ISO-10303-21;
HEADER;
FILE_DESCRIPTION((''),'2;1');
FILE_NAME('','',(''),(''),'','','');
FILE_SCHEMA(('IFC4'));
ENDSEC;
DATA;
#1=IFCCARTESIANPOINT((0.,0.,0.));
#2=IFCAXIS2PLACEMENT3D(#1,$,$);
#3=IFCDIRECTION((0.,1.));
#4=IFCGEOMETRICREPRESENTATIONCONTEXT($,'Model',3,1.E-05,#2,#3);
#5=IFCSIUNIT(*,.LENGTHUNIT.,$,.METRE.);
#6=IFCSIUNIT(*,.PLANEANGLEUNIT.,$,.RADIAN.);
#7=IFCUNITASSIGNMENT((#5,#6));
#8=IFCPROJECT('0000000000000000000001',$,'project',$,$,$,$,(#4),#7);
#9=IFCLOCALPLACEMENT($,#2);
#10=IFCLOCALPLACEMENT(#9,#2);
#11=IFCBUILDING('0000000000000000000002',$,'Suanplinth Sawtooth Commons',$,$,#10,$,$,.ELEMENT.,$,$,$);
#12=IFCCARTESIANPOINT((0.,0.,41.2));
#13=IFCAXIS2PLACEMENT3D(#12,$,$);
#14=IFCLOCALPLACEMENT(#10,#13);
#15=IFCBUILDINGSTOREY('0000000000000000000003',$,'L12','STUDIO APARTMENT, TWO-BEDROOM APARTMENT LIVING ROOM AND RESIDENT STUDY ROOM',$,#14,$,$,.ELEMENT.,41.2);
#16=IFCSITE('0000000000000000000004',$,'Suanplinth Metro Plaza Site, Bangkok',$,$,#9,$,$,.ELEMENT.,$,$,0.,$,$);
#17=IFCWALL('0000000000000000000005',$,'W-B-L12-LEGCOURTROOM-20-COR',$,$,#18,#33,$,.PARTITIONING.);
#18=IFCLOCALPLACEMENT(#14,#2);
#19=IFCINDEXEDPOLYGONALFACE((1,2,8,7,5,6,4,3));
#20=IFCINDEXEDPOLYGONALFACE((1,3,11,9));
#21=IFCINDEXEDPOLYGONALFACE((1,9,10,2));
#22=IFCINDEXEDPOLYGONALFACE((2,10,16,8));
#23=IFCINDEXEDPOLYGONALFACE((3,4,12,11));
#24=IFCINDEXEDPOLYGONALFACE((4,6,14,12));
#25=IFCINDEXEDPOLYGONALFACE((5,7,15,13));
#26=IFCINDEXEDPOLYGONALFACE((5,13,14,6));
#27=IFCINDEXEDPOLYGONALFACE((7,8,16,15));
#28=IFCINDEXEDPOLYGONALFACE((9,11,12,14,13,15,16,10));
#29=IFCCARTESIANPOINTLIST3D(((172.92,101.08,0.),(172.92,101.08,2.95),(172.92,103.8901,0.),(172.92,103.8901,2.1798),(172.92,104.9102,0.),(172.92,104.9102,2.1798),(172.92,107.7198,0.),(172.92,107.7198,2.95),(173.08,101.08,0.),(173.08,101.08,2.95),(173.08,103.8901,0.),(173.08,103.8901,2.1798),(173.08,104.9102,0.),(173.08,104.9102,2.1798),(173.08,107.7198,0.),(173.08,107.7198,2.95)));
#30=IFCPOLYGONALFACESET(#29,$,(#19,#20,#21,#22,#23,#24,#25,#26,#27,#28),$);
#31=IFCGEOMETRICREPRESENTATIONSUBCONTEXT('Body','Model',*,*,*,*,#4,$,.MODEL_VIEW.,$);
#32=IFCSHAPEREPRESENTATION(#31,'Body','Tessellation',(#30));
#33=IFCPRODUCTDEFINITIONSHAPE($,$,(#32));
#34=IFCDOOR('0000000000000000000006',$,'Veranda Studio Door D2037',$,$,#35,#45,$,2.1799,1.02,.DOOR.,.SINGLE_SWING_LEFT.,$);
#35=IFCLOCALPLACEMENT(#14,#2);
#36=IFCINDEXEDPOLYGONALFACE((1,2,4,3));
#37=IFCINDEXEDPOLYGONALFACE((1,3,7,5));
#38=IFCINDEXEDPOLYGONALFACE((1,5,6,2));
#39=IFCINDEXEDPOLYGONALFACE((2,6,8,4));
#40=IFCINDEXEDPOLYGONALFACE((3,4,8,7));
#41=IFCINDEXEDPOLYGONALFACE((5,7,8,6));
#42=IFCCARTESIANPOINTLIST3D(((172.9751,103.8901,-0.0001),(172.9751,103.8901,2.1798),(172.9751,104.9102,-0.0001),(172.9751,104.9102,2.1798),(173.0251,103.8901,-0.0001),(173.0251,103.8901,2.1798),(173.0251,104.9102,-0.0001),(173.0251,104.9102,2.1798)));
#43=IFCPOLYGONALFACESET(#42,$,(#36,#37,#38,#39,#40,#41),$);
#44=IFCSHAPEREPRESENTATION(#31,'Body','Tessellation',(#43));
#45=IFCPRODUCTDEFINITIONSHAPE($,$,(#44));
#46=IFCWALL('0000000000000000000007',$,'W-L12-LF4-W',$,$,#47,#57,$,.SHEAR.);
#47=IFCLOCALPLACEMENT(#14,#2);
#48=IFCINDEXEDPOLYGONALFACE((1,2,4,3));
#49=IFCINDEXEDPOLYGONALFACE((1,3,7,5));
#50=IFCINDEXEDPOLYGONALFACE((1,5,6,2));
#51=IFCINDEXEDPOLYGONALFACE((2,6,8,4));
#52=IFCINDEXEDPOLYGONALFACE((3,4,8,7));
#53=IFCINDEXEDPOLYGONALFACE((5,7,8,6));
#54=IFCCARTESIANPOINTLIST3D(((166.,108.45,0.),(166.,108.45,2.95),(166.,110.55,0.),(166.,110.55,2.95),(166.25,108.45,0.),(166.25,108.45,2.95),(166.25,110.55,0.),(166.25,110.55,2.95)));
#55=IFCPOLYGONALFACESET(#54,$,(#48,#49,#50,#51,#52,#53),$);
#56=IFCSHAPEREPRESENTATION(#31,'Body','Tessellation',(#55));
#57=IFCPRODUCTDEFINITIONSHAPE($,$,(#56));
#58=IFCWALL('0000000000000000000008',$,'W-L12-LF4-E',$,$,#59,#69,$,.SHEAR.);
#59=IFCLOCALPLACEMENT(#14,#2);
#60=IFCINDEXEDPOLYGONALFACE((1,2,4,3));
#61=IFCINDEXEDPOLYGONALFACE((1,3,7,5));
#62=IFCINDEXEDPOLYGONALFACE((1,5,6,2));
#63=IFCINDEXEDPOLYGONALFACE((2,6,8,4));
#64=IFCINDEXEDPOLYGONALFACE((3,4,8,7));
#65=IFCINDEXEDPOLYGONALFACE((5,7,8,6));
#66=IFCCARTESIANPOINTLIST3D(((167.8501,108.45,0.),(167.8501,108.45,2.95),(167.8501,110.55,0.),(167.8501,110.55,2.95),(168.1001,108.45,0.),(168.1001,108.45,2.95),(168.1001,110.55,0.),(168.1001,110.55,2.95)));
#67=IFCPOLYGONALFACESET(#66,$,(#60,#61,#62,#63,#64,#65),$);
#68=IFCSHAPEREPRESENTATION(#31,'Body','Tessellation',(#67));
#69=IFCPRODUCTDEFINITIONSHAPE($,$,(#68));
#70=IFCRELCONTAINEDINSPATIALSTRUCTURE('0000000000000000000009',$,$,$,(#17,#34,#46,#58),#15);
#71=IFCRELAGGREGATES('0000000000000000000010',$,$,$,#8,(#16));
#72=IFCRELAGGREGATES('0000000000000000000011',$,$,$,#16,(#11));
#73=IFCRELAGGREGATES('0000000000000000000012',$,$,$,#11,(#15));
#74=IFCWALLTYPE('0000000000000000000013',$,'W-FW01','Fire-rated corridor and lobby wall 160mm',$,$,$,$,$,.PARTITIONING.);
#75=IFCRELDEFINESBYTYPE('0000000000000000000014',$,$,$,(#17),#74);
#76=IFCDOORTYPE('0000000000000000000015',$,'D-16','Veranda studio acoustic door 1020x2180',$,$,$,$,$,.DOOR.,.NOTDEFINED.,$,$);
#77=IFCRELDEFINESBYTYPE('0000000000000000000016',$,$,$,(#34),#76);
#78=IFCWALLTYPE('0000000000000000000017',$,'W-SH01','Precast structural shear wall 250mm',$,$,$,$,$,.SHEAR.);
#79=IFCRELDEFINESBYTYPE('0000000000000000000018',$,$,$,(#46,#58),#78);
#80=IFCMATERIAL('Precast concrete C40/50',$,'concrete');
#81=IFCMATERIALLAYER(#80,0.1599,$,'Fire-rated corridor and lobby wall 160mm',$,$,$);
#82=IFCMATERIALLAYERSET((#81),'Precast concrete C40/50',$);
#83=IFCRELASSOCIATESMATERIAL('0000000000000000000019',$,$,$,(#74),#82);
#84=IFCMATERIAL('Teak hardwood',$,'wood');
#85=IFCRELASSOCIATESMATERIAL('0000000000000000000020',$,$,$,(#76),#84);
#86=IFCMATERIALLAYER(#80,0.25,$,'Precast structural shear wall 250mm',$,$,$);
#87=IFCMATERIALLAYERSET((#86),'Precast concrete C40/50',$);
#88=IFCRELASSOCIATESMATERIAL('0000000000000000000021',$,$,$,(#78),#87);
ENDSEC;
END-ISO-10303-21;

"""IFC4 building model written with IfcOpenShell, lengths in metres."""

from ifc_helpers import new_model, si_unit, direction, frame, frame_2d, origin, place, context, subcontext, project, spatial, rectangle, extrude, material, layer, layer_set, type_object, element, fill, save


model = new_model("IFC4")

# Units and contexts
model_context = context("Model", 3, precision=1e-05, world=origin(), true_north=direction((0.0, 1.0)))
body_context = subcontext(model_context, "Body", "Model", "MODEL_VIEW")
ifc_project = project(units=[si_unit("LENGTHUNIT", "METRE"), si_unit("PLANEANGLEUNIT", "RADIAN")], contexts=[model_context])

# Site, building, storey
site_placement = place(None, origin())
site = spatial("IfcSite", under=ifc_project, at=site_placement, Name="Suanplinth Metro Plaza Site, Bangkok", CompositionType="ELEMENT", RefElevation=0.0)
building_placement = place(site_placement, origin())
building = spatial("IfcBuilding", under=site, at=building_placement, Name="Suanplinth Sawtooth Commons", CompositionType="ELEMENT")
storey_placement = place(building_placement, frame((0.0, 0.0, 41.2)))
storey = spatial("IfcBuildingStorey", under=building, at=storey_placement, Name="L12", Description="STUDIO APARTMENT, TWO-BEDROOM APARTMENT LIVING ROOM AND RESIDENT STUDY ROOM", CompositionType="ELEMENT", Elevation=41.2)

# Shared definitions
ifc_material_1 = material(Name="Precast concrete C40/50", Category="concrete")

# Shared definitions
ifc_layer_1 = layer(ifc_material_1, 0.1599, Name="Fire-rated corridor and lobby wall 160mm")
ifc_layer_set_1 = layer_set([ifc_layer_1], Name="Precast concrete C40/50")
wall_type_1 = type_object("IfcWallType", Name="W-FW01", Description="Fire-rated corridor and lobby wall 160mm", PredefinedType="PARTITIONING", material=ifc_layer_set_1)

# Wall, opening, door
wall_1_placement = place(storey_placement, frame((173.0, 101.0801, 0.0), z_axis=(0.0, 0.0, 1.0), x_axis=(0.0, 1.0, 0.0)))
wall_1 = element("IfcWall", 1, at=wall_1_placement, inside=storey, type_object=wall_type_1, Name="W-B-L12-LEGCOURTROOM-20-COR", PredefinedType="PARTITIONING", context=body_context, shape_type="SweptSolid", body=[
    extrude(rectangle(XDim=6.6399, YDim=0.1599, at=frame_2d((3.3198, 0.0))), origin(), (0.0, 0.0, 1.0), 2.95),
])
opening_1_placement = place(wall_1_placement, frame((2.8101, 0.0, 0.0)))
opening_1 = element("IfcOpeningElement", 2, at=opening_1_placement, cuts=wall_1, PredefinedType="OPENING", context=body_context, shape_type="SweptSolid", body=[
    extrude(rectangle(XDim=1.02, YDim=2.1799, at=frame_2d((0.51, 1.0898))), frame((0.0, 0.0947, 0.0), z_axis=(0.0, -1.0, 0.0), x_axis=(1.0, 0.0, 0.0)), (0.0, 0.0, 1.0), 0.1897),
])
ifc_material_2 = material(Name="Teak hardwood", Category="wood")
door_type_1 = type_object("IfcDoorType", Name="D-16", Description="Veranda studio acoustic door 1020x2180", OperationType="NOTDEFINED", PredefinedType="DOOR", material=ifc_material_2)
door_1_placement = place(opening_1_placement, origin())
door_1 = element("IfcDoor", 3, at=door_1_placement, inside=storey, type_object=door_type_1, Name="Veranda Studio Door D2037", OperationType="SINGLE_SWING_LEFT", OverallHeight=2.1799, OverallWidth=1.02, PredefinedType="DOOR", context=body_context, shape_type="SweptSolid", body=[
    extrude(rectangle(XDim=1.02, YDim=2.1799, at=frame_2d((0.51, 1.0898))), frame((0.0, 0.0249, 0.0), z_axis=(0.0, -1.0, 0.0), x_axis=(1.0, 0.0, 0.0)), (0.0, 0.0, 1.0), 0.05),
])
fill(opening_1, door_1)

# Walls
ifc_layer_2 = layer(ifc_material_1, 0.25, Name="Precast structural shear wall 250mm")
ifc_layer_set_2 = layer_set([ifc_layer_2], Name="Precast concrete C40/50")
wall_type_2 = type_object("IfcWallType", Name="W-SH01", Description="Precast structural shear wall 250mm", PredefinedType="SHEAR", material=ifc_layer_set_2)
for number, where, z_axis, x_axis, name in (
    (4, (166.125, 108.45, 0.0), (0.0, 0.0, 1.0), (0.0, 1.0, 0.0), "W-L12-LF4-W"),
    (5, (167.9751, 108.45, 0.0), (0.0, 0.0, 1.0), (0.0, 1.0, 0.0), "W-L12-LF4-E"),
):
    element("IfcWall", number, at=place(storey_placement, frame(where, z_axis=z_axis, x_axis=x_axis)), inside=storey, type_object=wall_type_2, Name=name, PredefinedType="SHEAR", context=body_context, shape_type="SweptSolid", body=[
        extrude(rectangle(XDim=2.1001, YDim=0.25, at=frame_2d((1.05, 0.0))), origin(), (0.0, 0.0, 1.0), 2.95),
    ])

save(model, "model.ifc")
